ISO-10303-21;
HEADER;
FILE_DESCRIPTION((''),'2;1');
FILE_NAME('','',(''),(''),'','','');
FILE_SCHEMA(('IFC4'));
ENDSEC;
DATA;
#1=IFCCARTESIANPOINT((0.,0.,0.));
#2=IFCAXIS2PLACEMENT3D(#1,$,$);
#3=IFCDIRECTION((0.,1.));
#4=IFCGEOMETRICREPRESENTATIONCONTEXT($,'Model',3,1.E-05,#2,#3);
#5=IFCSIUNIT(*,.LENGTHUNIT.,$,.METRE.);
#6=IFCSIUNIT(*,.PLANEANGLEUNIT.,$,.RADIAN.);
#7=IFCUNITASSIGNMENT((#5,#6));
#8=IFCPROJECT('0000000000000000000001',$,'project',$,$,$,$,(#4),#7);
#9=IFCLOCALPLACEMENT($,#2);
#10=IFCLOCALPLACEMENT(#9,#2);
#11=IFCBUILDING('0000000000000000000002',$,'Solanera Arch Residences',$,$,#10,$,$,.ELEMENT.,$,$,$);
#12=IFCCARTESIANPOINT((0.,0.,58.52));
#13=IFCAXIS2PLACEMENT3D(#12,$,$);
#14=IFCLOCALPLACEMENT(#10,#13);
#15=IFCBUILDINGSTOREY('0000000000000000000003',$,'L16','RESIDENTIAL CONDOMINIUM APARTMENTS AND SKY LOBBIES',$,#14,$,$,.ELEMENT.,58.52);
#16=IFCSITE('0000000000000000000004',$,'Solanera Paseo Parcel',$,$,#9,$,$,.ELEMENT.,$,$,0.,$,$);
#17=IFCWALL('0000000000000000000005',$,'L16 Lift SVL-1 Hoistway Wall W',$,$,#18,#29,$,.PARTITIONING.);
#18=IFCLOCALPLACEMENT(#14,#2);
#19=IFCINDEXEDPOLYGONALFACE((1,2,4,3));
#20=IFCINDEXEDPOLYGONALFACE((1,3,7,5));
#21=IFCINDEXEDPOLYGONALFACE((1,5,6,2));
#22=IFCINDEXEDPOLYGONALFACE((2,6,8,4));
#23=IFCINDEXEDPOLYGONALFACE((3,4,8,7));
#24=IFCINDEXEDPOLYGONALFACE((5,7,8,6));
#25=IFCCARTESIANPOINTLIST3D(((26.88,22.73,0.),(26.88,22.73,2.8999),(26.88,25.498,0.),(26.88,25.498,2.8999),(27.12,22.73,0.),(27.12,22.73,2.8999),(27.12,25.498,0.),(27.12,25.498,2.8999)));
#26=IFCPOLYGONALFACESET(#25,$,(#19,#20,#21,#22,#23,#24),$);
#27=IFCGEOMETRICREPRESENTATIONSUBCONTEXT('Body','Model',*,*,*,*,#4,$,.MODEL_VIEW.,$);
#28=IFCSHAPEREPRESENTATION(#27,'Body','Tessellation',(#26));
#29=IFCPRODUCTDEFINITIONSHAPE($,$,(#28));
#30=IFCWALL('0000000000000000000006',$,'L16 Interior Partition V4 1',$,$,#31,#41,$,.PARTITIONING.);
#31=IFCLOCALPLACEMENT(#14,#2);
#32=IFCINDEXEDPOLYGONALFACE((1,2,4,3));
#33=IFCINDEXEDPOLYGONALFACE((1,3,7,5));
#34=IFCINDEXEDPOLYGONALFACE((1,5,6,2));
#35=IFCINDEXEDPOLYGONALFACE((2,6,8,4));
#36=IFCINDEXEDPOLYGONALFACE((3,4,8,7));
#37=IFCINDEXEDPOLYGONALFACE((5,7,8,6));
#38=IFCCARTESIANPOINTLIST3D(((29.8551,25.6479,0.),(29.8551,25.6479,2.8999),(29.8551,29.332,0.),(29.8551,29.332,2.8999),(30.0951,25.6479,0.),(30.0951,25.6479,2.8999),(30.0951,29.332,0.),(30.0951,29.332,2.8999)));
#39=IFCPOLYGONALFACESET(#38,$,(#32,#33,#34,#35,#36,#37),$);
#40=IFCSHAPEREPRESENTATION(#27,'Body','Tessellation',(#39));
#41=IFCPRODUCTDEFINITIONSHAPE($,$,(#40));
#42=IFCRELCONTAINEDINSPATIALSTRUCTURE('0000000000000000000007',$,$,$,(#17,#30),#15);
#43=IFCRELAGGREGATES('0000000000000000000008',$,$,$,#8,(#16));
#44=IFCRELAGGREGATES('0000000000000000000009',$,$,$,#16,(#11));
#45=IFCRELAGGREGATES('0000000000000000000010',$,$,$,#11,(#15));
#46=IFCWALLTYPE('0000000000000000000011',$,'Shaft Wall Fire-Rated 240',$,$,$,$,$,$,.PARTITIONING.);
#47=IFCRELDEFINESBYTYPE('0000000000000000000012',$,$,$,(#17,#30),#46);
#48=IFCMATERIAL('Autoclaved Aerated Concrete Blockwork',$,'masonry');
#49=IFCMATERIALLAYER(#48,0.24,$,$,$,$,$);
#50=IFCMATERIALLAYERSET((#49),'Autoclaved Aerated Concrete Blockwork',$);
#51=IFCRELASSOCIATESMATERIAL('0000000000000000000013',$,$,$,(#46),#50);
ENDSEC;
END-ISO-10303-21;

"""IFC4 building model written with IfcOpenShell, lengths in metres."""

from ifc_helpers import new_model, si_unit, direction, frame, frame_2d, origin, place, context, subcontext, project, spatial, rectangle, extrude, material, layer, layer_set, type_object, element, save


model = new_model("IFC4")

# Units and contexts
model_context = context("Model", 3, precision=1e-05, world=origin(), true_north=direction((0.0, 1.0)))
body_context = subcontext(model_context, "Body", "Model", "MODEL_VIEW")
ifc_project = project(units=[si_unit("LENGTHUNIT", "METRE"), si_unit("PLANEANGLEUNIT", "RADIAN")], contexts=[model_context])

# Site, building, storey
site_placement = place(None, origin())
site = spatial("IfcSite", under=ifc_project, at=site_placement, Name="Solanera Paseo Parcel", CompositionType="ELEMENT", RefElevation=0.0)
building_placement = place(site_placement, origin())
building = spatial("IfcBuilding", under=site, at=building_placement, Name="Solanera Arch Residences", CompositionType="ELEMENT")
storey_placement = place(building_placement, frame((0.0, 0.0, 58.52)))
storey = spatial("IfcBuildingStorey", under=building, at=storey_placement, Name="L16", Description="RESIDENTIAL CONDOMINIUM APARTMENTS AND SKY LOBBIES", CompositionType="ELEMENT", Elevation=58.52)

# Walls
ifc_material_1 = material(Name="Autoclaved Aerated Concrete Blockwork", Category="masonry")
ifc_layer_1 = layer(ifc_material_1, 0.24)
ifc_layer_set_1 = layer_set([ifc_layer_1], Name="Autoclaved Aerated Concrete Blockwork")
wall_type_1 = type_object("IfcWallType", Name="Shaft Wall Fire-Rated 240", PredefinedType="PARTITIONING", material=ifc_layer_set_1)
wall_1_placement = place(storey_placement, frame((27.0, 22.73, 0.0), z_axis=(0.0, 0.0, 1.0), x_axis=(0.0, 1.0, 0.0)))
element("IfcWall", 1, at=wall_1_placement, inside=storey, type_object=wall_type_1, Name="L16 Lift SVL-1 Hoistway Wall W", PredefinedType="PARTITIONING", context=body_context, shape_type="SweptSolid", body=[
    extrude(rectangle(XDim=2.7681, YDim=0.24, at=frame_2d((1.384, 0.0))), origin(), (0.0, 0.0, 1.0), 2.8999),
])
wall_2_placement = place(storey_placement, frame((29.9751, 25.6479, 0.0), z_axis=(0.0, 0.0, 1.0), x_axis=(0.0, 1.0, 0.0)))
element("IfcWall", 2, at=wall_2_placement, inside=storey, type_object=wall_type_1, Name="L16 Interior Partition V4 1", PredefinedType="PARTITIONING", context=body_context, shape_type="SweptSolid", body=[
    extrude(rectangle(XDim=3.6841, YDim=0.24, at=frame_2d((1.842, 0.0))), origin(), (0.0, 0.0, 1.0), 2.8999),
])

save(model, "model.ifc")
